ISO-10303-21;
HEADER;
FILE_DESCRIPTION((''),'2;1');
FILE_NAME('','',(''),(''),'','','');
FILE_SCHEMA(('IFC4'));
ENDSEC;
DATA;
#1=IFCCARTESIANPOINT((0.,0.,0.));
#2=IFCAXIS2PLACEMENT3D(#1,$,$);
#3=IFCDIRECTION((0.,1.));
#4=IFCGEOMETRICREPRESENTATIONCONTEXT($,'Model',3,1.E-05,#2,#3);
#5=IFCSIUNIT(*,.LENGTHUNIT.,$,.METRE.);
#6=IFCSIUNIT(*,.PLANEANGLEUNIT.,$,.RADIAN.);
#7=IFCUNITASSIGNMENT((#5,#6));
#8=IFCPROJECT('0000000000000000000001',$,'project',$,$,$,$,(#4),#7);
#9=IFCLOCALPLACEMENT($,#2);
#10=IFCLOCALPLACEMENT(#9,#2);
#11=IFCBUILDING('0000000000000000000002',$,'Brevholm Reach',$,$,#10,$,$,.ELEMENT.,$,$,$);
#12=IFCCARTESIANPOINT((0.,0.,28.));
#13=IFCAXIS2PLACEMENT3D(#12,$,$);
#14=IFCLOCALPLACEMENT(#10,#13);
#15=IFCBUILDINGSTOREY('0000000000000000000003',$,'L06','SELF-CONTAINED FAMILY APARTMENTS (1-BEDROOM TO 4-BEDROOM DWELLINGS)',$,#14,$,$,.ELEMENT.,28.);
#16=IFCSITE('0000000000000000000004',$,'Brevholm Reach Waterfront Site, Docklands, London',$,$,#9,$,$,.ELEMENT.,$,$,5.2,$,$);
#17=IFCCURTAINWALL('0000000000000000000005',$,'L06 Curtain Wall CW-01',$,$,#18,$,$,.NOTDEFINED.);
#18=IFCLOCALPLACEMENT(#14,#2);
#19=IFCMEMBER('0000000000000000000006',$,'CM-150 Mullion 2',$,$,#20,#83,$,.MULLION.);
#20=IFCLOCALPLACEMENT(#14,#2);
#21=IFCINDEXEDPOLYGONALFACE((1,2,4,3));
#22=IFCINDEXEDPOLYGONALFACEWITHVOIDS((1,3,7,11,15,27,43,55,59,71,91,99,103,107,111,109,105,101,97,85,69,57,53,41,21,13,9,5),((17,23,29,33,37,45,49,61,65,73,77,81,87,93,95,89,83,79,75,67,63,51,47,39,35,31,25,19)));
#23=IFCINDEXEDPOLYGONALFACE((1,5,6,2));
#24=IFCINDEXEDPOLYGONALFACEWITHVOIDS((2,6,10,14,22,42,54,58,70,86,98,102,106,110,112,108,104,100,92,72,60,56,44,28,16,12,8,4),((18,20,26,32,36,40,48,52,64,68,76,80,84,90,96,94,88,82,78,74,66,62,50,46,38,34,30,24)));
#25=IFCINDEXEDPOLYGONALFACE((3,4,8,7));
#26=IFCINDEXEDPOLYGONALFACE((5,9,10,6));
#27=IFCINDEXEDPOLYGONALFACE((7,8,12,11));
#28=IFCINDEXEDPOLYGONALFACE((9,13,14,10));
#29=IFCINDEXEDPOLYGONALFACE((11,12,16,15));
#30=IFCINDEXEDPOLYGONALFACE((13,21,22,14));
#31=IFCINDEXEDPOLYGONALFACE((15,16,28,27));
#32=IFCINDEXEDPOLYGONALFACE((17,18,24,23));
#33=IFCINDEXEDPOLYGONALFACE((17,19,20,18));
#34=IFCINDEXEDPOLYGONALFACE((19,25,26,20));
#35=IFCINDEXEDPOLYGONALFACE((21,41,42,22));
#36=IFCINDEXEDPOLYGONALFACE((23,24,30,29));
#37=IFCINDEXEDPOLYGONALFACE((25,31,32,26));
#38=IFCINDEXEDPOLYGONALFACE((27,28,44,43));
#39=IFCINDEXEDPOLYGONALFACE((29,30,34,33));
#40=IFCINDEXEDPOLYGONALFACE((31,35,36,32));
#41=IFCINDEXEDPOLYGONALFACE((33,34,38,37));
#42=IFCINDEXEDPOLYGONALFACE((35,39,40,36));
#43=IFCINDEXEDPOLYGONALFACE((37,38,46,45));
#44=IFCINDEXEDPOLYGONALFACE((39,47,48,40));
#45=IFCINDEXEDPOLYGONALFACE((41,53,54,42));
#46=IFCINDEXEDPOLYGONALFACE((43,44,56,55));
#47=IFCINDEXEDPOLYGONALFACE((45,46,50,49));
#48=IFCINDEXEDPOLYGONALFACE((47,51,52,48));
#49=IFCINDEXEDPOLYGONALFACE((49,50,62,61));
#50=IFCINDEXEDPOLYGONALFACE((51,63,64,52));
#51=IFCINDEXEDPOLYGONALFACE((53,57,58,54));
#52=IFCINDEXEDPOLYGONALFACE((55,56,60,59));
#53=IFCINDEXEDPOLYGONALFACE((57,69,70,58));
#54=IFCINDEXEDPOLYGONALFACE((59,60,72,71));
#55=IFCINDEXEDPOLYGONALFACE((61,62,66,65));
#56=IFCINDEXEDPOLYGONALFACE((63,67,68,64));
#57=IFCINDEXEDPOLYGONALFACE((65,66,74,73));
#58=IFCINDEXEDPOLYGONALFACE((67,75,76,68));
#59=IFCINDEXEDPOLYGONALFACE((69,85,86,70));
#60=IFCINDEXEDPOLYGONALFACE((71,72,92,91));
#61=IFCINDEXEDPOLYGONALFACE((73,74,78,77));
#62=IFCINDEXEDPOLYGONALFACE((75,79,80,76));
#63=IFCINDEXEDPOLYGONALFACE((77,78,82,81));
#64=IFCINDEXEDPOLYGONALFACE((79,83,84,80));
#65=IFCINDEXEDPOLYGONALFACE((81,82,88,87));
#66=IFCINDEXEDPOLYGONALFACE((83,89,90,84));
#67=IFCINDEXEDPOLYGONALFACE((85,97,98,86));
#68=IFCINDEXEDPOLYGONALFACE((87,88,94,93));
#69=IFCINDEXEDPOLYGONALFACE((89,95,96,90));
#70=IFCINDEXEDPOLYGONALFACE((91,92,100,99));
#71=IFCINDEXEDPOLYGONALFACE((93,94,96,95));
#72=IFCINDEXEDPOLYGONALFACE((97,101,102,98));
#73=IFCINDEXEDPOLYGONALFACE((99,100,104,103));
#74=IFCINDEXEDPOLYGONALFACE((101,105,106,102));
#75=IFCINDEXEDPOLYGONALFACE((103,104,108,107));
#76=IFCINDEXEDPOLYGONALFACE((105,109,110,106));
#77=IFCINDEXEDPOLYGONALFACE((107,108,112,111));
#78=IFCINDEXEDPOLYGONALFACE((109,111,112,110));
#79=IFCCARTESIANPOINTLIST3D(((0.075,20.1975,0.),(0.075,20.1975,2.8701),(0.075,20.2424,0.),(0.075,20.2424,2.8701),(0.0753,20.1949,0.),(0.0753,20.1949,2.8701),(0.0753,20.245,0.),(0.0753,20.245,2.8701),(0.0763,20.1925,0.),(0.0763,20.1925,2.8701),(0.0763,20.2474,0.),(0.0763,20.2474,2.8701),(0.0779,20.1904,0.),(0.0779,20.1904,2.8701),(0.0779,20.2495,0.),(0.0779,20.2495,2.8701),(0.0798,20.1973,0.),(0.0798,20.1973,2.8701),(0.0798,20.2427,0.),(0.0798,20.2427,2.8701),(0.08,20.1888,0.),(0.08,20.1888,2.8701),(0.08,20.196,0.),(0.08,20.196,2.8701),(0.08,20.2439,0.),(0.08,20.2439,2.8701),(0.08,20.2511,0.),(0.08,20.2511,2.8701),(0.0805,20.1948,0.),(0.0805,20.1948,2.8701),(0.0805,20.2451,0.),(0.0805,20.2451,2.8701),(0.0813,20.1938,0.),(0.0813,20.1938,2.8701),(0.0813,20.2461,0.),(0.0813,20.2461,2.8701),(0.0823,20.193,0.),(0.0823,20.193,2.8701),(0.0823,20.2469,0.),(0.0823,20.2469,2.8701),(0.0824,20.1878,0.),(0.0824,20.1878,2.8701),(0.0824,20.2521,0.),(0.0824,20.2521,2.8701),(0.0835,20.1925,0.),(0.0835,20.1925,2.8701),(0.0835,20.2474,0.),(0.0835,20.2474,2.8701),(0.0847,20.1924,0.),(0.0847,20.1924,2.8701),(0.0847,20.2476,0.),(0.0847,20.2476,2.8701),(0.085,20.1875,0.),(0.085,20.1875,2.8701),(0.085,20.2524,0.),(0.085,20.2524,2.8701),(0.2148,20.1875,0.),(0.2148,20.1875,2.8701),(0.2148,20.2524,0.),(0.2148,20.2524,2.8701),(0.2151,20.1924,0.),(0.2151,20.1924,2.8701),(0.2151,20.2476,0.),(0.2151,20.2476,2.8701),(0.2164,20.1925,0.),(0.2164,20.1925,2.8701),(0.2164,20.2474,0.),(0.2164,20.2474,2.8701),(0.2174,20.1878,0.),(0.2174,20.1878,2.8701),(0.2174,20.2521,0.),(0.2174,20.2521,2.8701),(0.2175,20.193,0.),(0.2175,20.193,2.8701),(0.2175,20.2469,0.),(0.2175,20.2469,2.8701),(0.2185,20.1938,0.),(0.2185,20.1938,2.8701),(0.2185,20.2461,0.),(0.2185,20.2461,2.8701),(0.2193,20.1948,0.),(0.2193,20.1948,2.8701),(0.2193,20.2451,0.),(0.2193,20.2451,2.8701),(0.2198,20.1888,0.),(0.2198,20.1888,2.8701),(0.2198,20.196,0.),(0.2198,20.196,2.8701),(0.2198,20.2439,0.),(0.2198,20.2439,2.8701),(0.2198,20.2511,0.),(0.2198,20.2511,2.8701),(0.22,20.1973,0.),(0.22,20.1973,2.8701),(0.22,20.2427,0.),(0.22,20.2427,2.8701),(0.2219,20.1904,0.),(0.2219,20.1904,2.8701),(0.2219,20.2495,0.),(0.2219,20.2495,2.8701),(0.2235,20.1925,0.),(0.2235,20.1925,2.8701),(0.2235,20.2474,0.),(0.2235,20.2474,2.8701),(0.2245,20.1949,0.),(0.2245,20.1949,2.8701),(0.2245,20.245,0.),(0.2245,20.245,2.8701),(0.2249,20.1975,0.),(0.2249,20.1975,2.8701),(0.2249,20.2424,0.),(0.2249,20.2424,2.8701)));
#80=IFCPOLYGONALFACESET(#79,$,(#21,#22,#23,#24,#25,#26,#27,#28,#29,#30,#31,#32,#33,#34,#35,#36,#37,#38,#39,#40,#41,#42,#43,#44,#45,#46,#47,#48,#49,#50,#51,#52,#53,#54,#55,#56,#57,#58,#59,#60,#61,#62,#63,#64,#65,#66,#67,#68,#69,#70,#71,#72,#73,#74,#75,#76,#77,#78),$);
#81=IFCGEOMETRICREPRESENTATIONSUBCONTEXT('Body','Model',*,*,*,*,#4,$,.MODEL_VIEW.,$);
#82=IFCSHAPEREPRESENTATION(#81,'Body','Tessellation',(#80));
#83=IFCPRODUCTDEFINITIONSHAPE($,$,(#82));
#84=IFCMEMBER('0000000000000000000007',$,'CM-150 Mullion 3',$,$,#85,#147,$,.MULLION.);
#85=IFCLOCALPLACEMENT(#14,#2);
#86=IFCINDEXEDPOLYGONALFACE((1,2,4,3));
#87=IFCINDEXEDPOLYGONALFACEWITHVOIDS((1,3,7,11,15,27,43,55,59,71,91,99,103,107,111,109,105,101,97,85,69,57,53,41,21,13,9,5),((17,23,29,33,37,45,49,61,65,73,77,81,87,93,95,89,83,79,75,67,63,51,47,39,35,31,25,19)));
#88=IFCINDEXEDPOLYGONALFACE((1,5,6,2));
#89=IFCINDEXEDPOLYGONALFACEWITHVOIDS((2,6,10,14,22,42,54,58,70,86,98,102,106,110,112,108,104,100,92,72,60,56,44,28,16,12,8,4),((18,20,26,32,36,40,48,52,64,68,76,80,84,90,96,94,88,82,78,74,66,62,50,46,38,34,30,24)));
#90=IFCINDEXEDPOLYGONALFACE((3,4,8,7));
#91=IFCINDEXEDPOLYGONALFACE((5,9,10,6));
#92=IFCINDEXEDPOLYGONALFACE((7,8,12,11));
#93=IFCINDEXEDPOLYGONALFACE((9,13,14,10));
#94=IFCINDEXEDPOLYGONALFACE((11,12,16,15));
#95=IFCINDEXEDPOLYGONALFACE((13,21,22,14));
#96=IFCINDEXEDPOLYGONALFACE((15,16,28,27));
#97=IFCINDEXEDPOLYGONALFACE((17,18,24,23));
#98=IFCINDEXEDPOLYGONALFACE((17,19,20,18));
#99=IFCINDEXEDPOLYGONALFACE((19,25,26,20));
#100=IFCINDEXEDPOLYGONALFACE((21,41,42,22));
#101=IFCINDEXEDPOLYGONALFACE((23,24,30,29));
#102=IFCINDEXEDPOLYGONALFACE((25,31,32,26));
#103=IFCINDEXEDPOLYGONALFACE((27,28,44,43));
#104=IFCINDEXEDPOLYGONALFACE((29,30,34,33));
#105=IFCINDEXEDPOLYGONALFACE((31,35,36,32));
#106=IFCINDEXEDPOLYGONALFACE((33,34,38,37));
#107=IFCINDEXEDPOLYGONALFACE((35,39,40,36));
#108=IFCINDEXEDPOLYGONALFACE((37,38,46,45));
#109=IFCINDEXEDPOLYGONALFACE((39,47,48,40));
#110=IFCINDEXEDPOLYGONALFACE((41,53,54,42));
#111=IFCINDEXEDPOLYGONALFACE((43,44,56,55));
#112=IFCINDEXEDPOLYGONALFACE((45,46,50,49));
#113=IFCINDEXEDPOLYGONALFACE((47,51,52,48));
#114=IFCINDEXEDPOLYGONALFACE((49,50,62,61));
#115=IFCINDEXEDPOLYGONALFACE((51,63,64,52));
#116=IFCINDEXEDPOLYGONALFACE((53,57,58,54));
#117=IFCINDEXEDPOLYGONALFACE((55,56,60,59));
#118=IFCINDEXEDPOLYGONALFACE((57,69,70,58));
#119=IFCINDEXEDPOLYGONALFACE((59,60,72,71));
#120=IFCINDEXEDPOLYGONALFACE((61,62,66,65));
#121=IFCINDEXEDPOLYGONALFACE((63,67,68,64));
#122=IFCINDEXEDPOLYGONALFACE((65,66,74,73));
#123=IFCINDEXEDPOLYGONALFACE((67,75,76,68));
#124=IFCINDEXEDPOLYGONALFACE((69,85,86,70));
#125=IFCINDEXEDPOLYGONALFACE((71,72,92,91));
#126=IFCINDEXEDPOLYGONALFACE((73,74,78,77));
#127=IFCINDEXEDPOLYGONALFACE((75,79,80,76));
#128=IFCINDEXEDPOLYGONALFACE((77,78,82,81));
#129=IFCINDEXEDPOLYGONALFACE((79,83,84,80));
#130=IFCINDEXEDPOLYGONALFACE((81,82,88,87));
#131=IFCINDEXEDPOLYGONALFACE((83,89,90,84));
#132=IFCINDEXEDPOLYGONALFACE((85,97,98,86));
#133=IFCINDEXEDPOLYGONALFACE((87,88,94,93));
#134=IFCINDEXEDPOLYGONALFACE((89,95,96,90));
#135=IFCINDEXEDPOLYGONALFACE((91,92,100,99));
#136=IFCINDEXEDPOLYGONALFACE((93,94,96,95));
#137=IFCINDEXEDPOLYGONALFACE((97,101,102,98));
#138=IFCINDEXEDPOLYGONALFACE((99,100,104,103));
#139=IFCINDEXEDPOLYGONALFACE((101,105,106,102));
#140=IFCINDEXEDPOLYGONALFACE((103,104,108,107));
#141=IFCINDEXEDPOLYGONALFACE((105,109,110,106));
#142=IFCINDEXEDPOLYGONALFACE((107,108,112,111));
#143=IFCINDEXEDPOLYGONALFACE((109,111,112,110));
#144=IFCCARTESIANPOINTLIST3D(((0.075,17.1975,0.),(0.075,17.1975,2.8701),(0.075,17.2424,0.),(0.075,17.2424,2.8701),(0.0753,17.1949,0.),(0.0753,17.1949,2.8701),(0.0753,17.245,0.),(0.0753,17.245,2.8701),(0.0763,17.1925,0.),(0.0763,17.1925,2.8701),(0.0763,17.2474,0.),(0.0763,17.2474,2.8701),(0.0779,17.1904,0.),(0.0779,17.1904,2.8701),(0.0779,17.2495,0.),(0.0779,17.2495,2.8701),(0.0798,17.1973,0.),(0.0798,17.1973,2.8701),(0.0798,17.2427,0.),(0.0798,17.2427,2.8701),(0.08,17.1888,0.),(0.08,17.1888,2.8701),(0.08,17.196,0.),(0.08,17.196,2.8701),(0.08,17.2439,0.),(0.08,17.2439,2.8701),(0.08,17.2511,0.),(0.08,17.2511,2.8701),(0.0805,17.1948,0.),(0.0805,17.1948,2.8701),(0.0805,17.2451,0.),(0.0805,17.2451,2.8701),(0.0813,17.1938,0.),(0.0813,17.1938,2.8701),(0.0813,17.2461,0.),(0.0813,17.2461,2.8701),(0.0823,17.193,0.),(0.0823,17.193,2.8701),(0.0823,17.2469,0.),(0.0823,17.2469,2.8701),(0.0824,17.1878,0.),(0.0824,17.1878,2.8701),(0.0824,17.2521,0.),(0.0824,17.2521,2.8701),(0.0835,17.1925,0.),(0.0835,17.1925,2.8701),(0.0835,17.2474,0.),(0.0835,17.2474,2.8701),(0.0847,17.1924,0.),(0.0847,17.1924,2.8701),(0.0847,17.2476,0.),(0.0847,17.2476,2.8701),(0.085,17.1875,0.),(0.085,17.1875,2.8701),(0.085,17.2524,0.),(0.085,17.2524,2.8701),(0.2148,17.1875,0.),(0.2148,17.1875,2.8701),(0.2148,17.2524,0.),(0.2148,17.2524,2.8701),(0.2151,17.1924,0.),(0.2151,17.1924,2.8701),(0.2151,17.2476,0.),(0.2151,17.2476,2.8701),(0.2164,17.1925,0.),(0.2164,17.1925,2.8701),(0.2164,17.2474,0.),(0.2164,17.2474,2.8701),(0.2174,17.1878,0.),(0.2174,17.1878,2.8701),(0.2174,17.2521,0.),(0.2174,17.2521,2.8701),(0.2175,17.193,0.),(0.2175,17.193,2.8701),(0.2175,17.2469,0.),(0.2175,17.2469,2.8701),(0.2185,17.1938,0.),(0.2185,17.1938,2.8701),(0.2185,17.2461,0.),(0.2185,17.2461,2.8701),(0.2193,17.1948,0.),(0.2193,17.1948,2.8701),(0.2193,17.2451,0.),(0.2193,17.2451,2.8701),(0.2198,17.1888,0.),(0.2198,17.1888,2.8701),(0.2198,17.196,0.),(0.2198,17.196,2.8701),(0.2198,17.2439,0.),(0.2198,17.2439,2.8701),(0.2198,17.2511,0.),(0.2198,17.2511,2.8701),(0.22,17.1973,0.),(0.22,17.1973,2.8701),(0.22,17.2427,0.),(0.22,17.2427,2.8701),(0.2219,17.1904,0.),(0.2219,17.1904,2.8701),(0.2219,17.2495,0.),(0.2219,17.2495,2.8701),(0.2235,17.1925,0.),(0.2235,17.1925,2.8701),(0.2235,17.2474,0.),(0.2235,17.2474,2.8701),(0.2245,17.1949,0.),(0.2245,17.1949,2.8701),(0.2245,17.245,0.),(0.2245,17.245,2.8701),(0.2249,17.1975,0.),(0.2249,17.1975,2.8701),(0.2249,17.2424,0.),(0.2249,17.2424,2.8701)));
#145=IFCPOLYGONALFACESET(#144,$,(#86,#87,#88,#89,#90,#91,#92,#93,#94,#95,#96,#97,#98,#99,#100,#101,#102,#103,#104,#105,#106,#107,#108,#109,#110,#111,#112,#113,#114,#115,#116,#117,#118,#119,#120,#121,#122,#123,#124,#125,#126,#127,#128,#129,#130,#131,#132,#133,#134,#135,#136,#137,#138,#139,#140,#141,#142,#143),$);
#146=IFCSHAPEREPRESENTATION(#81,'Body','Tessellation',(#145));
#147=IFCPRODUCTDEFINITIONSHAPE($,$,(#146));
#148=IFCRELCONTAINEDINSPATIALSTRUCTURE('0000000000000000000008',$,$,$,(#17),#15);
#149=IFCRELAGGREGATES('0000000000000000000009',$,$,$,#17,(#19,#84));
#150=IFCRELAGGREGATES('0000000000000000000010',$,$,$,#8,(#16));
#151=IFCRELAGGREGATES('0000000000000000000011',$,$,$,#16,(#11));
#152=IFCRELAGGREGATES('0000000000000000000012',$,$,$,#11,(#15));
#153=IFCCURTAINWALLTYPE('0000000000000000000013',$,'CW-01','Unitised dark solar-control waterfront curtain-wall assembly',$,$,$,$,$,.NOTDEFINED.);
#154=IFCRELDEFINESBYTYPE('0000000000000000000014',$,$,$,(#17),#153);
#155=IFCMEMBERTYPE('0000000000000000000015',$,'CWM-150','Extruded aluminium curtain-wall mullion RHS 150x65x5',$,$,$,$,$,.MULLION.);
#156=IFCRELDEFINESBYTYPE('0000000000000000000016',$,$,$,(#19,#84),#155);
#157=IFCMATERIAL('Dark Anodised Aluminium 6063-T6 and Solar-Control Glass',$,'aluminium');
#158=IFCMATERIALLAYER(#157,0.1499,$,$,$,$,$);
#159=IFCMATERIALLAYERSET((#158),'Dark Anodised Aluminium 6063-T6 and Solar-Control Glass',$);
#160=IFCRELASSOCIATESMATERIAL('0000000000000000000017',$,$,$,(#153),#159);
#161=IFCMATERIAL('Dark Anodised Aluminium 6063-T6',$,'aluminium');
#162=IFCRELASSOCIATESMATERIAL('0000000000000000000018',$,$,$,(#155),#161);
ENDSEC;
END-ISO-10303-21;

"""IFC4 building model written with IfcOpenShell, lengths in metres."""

from ifc_helpers import new_model, si_unit, direction, frame, origin, origin_2d, place, context, subcontext, project, spatial, hollow_rectangle, extrude, material, layer, layer_set, material_profile, profile_set, type_object, element, aggregate, save


model = new_model("IFC4")

# Units and contexts
model_context = context("Model", 3, precision=1e-05, world=origin(), true_north=direction((0.0, 1.0)))
body_context = subcontext(model_context, "Body", "Model", "MODEL_VIEW")
ifc_project = project(units=[si_unit("LENGTHUNIT", "METRE"), si_unit("PLANEANGLEUNIT", "RADIAN")], contexts=[model_context])

# Site, building, storey
site_placement = place(None, origin())
site = spatial("IfcSite", under=ifc_project, at=site_placement, Name="Brevholm Reach Waterfront Site, Docklands, London", CompositionType="ELEMENT", RefElevation=5.2)
building_placement = place(site_placement, origin())
building = spatial("IfcBuilding", under=site, at=building_placement, Name="Brevholm Reach", CompositionType="ELEMENT")
storey_placement = place(building_placement, frame((0.0, 0.0, 28.0)))
storey = spatial("IfcBuildingStorey", under=building, at=storey_placement, Name="L06", Description="SELF-CONTAINED FAMILY APARTMENTS (1-BEDROOM TO 4-BEDROOM DWELLINGS)", CompositionType="ELEMENT", Elevation=28.0)

# Curtain wall, members
ifc_material_1 = material(Name="Dark Anodised Aluminium 6063-T6 and Solar-Control Glass", Category="aluminium")
ifc_layer_1 = layer(ifc_material_1, 0.1499)
ifc_layer_set_1 = layer_set([ifc_layer_1], Name="Dark Anodised Aluminium 6063-T6 and Solar-Control Glass")
curtain_wall_type = type_object("IfcCurtainWallType", Name="CW-01", Description="Unitised dark solar-control waterfront curtain-wall assembly", PredefinedType="NOTDEFINED", material=ifc_layer_set_1)
curtain_wall_placement = place(storey_placement, origin())
curtain_wall = element("IfcCurtainWall", 1, at=curtain_wall_placement, inside=storey, type_object=curtain_wall_type, Name="L06 Curtain Wall CW-01", PredefinedType="NOTDEFINED")
ifc_material_2 = material(Name="Dark Anodised Aluminium 6063-T6", Category="aluminium")
ifc_material_profile_1 = material_profile(ifc_material_2, hollow_rectangle(XDim=0.0649, YDim=0.1499, WallThickness=0.0049, InnerFilletRadius=0.0049, OuterFilletRadius=0.01, at=origin_2d()), Name="RHS 150x65x5")
ifc_profile_set_1 = profile_set([ifc_material_profile_1], Name="Dark Anodised Aluminium 6063-T6")
member_type_1 = type_object("IfcMemberType", Name="CWM-150", Description="Extruded aluminium curtain-wall mullion RHS 150x65x5", PredefinedType="MULLION", material=ifc_profile_set_1)
member_1_placement = place(storey_placement, frame((0.1499, 20.22, 0.0), z_axis=(0.0, 0.0, 1.0), x_axis=(0.0, -1.0, 0.0)))
member_1 = element("IfcMember", 2, at=member_1_placement, type_object=member_type_1, Name="CM-150 Mullion 2", PredefinedType="MULLION", context=body_context, shape_type="SweptSolid", body=[
    extrude(hollow_rectangle(XDim=0.0649, YDim=0.1499, WallThickness=0.0049, InnerFilletRadius=0.0049, OuterFilletRadius=0.01, at=origin_2d()), origin(), (0.0, 0.0, 1.0), 2.8701),
])
member_2_placement = place(storey_placement, frame((0.1499, 17.22, 0.0), z_axis=(0.0, 0.0, 1.0), x_axis=(0.0, -1.0, 0.0)))
member_2 = element("IfcMember", 3, at=member_2_placement, type_object=member_type_1, Name="CM-150 Mullion 3", PredefinedType="MULLION", context=body_context, shape_type="SweptSolid", body=[
    extrude(hollow_rectangle(XDim=0.0649, YDim=0.1499, WallThickness=0.0049, InnerFilletRadius=0.0049, OuterFilletRadius=0.01, at=origin_2d()), origin(), (0.0, 0.0, 1.0), 2.8701),
])
aggregate(curtain_wall, [member_1, member_2])

save(model, "model.ifc")
